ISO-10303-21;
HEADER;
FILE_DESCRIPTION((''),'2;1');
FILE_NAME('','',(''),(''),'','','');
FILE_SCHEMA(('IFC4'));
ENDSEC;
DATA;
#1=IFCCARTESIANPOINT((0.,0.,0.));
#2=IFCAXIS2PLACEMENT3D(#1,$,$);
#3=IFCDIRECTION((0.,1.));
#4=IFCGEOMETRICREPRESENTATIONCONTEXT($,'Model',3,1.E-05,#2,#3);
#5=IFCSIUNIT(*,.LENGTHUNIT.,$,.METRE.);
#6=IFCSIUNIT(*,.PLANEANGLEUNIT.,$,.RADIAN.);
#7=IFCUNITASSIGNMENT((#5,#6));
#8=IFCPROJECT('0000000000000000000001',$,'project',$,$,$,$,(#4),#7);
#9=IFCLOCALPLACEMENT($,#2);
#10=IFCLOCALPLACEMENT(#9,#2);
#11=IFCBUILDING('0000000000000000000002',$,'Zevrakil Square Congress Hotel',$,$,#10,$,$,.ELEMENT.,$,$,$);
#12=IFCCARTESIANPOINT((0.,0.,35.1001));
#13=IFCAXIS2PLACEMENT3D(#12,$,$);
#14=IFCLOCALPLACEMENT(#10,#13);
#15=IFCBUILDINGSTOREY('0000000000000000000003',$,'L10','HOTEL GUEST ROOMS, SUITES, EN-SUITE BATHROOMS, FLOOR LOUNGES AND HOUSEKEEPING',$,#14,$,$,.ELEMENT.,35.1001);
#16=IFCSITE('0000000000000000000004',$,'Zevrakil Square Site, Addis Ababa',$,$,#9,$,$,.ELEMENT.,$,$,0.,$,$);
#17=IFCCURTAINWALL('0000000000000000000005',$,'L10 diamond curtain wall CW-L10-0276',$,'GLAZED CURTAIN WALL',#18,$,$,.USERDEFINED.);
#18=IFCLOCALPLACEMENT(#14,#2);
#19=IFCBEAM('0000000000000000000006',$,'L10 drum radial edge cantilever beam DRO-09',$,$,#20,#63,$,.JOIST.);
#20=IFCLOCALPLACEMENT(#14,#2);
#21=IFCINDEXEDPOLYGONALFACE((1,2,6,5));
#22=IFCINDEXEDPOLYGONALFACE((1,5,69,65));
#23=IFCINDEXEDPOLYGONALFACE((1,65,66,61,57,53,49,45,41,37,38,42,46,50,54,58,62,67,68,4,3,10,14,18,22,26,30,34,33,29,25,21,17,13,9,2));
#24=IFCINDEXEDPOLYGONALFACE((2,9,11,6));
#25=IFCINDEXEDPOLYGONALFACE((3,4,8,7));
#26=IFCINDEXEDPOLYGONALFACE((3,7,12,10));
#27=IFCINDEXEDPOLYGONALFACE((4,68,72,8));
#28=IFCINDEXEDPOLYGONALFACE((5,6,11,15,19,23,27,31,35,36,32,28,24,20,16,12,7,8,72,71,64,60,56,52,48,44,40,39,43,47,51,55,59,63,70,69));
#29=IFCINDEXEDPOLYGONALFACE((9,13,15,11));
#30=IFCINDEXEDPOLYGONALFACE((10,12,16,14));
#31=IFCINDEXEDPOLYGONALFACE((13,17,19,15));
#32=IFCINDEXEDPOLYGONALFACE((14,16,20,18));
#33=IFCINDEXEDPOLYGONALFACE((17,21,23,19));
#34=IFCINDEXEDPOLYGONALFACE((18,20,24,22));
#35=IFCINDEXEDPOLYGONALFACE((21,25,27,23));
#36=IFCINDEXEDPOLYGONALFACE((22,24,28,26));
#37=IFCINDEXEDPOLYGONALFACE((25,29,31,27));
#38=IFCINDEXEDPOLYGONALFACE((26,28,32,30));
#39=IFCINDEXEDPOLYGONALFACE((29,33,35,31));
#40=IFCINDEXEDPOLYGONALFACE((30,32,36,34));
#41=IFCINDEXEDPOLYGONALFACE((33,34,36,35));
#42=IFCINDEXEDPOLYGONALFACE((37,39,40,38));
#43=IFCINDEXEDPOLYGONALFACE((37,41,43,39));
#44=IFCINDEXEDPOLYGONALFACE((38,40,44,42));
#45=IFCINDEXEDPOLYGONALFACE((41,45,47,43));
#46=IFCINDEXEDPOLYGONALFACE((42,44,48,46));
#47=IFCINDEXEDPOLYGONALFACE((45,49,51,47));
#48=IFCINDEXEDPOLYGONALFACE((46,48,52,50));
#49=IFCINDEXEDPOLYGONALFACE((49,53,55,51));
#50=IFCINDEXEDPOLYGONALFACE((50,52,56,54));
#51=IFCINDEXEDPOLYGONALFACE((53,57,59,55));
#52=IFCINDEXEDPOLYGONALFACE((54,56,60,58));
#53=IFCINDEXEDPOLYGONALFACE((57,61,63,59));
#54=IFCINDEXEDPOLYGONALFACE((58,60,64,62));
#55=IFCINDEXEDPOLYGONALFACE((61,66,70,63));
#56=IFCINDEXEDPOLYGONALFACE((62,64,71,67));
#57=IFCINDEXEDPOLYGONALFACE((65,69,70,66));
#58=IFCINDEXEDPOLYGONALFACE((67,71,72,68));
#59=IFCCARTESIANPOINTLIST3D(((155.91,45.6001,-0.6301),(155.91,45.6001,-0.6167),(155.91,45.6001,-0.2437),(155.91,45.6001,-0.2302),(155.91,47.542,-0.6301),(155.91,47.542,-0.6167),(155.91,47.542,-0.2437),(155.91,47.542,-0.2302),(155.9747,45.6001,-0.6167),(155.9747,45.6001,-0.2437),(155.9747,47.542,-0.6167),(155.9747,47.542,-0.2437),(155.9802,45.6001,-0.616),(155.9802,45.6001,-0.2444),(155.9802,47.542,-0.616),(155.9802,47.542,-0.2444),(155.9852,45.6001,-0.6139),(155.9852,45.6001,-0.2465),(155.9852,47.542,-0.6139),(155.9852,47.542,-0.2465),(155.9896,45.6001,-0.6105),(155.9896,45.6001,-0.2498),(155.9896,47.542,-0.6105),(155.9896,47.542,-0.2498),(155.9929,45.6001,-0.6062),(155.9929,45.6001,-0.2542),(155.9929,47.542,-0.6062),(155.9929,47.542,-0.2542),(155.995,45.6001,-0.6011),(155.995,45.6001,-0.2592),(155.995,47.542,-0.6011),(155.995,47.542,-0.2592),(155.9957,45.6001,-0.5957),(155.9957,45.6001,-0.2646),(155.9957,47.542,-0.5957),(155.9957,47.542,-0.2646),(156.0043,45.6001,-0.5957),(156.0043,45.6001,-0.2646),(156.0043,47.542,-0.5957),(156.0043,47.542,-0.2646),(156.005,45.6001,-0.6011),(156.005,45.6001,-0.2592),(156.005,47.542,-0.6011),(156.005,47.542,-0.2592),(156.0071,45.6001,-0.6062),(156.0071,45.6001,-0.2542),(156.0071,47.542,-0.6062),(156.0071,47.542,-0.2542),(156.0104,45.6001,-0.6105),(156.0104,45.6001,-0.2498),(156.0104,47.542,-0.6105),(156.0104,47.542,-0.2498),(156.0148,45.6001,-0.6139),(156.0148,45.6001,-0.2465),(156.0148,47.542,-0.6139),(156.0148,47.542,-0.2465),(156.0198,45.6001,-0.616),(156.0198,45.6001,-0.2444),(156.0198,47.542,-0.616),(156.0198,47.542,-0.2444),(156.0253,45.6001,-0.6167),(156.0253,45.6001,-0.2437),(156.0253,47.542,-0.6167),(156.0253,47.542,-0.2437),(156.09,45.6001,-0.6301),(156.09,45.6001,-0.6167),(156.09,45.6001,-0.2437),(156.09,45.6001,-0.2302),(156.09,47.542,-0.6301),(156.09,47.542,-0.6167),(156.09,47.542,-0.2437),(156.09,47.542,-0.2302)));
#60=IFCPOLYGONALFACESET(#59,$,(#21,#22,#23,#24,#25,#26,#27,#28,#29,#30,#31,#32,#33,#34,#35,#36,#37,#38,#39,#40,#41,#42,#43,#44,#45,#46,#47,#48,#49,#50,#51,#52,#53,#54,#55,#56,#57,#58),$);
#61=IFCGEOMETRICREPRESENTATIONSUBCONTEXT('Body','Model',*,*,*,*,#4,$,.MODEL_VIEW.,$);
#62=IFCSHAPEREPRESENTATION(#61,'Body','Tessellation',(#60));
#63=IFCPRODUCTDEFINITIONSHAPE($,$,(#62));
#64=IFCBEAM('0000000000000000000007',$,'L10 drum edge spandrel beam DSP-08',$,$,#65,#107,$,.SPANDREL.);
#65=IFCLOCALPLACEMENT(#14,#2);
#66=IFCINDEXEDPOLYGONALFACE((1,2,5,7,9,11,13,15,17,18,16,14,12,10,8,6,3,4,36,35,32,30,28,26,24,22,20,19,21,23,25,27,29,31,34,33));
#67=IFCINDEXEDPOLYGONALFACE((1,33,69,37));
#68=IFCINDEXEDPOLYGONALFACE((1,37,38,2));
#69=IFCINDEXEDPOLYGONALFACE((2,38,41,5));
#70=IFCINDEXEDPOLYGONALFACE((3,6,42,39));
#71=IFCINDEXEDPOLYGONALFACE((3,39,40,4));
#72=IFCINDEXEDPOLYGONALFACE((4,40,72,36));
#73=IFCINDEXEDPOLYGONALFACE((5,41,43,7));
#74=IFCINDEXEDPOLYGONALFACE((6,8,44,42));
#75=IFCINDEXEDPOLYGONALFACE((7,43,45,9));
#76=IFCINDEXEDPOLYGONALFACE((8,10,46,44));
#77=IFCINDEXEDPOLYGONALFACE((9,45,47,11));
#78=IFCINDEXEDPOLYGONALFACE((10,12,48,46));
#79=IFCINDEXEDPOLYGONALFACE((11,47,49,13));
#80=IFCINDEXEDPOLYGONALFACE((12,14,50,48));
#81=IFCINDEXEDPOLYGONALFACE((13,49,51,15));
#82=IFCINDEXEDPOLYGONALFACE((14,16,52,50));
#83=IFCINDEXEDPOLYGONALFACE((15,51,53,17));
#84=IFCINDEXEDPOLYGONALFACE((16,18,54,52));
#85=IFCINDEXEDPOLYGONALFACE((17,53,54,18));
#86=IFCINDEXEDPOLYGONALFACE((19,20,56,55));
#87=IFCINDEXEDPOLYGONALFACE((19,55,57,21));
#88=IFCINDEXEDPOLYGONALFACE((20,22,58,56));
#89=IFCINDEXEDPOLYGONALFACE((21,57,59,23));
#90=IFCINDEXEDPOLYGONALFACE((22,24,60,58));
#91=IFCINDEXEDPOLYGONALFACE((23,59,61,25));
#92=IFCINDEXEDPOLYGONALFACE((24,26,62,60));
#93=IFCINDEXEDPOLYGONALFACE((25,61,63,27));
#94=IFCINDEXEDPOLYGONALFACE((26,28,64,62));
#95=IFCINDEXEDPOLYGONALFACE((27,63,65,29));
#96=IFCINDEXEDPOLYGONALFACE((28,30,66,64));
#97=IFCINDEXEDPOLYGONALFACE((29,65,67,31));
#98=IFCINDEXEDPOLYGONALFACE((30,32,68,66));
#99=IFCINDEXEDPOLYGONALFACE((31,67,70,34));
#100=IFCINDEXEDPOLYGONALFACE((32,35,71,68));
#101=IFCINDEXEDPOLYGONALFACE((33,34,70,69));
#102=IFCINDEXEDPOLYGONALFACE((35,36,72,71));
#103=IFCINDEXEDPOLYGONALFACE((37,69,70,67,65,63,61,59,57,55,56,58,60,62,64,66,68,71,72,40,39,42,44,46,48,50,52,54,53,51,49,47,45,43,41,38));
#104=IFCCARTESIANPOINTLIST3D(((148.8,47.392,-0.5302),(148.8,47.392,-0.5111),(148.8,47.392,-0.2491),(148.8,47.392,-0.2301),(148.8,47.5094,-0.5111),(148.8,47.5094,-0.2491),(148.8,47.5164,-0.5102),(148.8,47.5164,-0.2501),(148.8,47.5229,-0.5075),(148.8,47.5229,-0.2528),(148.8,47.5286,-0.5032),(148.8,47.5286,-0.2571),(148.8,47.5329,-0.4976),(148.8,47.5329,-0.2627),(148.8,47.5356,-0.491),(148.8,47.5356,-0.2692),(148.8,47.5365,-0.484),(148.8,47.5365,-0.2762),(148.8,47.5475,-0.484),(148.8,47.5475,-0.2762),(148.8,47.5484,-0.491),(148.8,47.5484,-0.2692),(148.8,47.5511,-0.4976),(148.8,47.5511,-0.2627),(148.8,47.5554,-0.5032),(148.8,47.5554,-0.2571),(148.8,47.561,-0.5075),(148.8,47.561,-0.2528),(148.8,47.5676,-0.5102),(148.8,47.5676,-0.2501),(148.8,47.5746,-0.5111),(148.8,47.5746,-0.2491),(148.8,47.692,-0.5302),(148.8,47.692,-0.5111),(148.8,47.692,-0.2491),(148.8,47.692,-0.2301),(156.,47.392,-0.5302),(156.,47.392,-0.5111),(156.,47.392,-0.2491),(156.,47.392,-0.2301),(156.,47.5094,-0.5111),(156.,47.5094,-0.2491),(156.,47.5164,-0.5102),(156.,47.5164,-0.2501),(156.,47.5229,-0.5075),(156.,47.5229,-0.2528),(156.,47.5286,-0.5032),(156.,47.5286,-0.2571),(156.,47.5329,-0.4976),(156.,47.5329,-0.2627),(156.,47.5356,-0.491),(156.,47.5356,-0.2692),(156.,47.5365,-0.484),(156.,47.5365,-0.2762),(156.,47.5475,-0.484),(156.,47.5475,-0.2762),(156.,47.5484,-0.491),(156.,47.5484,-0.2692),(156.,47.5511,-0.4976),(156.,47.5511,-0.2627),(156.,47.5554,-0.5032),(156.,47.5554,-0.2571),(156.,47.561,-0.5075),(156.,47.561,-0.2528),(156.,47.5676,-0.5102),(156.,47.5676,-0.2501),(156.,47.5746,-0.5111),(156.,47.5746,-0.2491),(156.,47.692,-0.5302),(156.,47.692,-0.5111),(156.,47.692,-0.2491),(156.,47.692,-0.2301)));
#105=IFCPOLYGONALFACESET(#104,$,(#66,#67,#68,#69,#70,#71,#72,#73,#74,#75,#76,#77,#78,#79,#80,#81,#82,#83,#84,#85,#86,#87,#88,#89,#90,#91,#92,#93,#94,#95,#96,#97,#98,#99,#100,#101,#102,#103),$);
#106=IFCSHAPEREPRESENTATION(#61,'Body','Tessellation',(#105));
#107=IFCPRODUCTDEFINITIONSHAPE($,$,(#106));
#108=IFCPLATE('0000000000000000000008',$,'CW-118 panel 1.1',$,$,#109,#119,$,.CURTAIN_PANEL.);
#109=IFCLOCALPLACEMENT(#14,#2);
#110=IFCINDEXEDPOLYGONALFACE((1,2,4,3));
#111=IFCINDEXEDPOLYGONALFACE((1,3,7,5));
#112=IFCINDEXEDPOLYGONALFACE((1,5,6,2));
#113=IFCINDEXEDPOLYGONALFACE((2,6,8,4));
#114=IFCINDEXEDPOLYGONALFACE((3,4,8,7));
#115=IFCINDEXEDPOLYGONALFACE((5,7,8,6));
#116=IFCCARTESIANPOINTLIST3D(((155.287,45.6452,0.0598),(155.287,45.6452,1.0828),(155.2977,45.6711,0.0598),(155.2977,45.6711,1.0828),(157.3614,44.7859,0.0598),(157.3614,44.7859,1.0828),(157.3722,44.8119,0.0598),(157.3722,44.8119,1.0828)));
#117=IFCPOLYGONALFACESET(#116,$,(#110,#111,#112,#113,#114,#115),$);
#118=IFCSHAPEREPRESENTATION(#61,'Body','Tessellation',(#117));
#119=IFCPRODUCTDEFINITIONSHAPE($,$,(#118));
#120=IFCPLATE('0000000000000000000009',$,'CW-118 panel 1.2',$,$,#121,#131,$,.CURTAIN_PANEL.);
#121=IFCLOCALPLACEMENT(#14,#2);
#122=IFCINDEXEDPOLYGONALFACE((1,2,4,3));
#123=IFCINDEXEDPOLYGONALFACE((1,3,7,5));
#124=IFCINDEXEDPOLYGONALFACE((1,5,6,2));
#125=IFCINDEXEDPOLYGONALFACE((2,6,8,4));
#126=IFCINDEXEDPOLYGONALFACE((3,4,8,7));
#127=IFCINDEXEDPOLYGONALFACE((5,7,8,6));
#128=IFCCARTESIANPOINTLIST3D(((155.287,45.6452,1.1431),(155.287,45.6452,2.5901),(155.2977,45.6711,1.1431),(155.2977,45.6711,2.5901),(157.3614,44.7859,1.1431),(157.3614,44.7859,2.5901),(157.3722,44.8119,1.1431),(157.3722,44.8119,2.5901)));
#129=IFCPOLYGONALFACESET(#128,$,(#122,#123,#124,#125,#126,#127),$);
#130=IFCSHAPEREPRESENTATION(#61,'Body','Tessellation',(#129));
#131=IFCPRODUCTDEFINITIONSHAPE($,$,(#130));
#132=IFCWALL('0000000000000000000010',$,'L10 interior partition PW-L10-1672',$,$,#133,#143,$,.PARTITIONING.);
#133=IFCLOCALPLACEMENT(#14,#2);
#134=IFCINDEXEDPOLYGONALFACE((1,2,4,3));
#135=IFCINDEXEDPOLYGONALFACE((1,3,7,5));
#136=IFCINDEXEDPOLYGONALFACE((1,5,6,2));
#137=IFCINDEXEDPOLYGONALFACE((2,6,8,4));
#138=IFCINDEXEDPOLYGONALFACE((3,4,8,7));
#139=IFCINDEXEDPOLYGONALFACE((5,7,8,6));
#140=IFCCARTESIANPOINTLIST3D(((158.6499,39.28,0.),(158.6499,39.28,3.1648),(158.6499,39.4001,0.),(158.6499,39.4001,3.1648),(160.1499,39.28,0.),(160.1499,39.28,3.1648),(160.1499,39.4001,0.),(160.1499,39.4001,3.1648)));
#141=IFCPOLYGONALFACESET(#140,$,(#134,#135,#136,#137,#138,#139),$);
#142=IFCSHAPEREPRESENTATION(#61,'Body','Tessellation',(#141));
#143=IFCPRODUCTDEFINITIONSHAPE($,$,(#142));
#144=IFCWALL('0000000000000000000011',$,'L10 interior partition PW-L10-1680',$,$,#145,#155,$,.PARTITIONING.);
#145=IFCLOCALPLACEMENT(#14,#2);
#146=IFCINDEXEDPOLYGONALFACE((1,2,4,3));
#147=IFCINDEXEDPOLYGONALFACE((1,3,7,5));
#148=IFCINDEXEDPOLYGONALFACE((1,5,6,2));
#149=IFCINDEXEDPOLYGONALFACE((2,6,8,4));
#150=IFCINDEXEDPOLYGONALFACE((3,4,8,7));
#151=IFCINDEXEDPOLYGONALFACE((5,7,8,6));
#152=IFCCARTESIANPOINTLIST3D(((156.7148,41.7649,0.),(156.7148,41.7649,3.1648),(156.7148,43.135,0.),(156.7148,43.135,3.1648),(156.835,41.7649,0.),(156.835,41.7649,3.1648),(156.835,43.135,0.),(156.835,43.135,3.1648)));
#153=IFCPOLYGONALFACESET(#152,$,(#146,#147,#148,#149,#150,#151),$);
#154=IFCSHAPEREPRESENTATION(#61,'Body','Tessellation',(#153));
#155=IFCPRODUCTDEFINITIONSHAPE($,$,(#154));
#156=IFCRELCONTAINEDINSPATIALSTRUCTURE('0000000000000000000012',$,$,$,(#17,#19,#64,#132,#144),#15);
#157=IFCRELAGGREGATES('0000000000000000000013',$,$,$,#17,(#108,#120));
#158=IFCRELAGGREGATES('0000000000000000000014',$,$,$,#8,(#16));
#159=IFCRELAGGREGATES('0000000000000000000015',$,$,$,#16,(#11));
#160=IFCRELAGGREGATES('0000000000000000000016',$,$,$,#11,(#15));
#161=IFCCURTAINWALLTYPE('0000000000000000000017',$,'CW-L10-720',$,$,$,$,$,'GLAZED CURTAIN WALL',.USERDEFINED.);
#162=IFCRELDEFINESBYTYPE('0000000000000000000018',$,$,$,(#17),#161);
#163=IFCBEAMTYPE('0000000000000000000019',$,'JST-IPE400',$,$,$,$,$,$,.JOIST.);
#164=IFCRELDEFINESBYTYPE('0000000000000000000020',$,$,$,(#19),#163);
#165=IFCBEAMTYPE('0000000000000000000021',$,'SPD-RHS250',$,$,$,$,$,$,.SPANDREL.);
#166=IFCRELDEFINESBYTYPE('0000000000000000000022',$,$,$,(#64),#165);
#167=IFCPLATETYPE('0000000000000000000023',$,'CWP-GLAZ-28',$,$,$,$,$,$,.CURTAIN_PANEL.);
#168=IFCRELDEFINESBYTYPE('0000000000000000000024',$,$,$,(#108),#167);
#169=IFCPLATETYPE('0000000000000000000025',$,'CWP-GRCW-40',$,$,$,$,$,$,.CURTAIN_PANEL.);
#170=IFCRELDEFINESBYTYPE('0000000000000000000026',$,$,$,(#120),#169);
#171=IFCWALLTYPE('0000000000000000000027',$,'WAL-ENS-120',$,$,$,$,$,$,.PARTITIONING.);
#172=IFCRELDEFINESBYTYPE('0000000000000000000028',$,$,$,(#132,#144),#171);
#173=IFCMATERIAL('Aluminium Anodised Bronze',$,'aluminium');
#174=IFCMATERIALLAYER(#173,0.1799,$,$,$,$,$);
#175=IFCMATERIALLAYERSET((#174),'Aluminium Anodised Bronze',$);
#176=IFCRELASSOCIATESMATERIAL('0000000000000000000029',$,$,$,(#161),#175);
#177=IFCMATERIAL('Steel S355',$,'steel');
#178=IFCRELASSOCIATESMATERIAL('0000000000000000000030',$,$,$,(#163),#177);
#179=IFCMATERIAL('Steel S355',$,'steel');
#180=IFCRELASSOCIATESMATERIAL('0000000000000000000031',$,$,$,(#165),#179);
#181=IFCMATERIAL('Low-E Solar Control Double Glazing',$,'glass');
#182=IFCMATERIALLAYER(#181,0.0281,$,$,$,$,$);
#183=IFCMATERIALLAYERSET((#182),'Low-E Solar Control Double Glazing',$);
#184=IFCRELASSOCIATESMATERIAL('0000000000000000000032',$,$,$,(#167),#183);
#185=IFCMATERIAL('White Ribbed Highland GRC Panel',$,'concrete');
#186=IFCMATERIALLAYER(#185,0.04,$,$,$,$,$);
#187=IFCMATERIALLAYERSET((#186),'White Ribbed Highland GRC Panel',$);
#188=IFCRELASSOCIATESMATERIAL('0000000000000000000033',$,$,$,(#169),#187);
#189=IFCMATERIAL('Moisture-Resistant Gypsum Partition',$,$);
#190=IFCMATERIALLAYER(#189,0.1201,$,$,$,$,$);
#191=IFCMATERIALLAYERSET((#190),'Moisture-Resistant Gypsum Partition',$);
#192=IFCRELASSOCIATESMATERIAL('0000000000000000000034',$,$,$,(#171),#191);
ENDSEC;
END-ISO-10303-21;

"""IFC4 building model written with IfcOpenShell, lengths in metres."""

from ifc_helpers import new_model, si_unit, direction, frame, frame_2d, origin, origin_2d, place, context, subcontext, project, spatial, rectangle, i_section, extrude, material, layer, layer_set, material_profile, profile_set, type_object, element, aggregate, save


model = new_model("IFC4")

# Units and contexts
model_context = context("Model", 3, precision=1e-05, world=origin(), true_north=direction((0.0, 1.0)))
body_context = subcontext(model_context, "Body", "Model", "MODEL_VIEW")
ifc_project = project(units=[si_unit("LENGTHUNIT", "METRE"), si_unit("PLANEANGLEUNIT", "RADIAN")], contexts=[model_context])

# Site, building, storey
site_placement = place(None, origin())
site = spatial("IfcSite", under=ifc_project, at=site_placement, Name="Zevrakil Square Site, Addis Ababa", CompositionType="ELEMENT", RefElevation=0.0)
building_placement = place(site_placement, origin())
building = spatial("IfcBuilding", under=site, at=building_placement, Name="Zevrakil Square Congress Hotel", CompositionType="ELEMENT")
storey_placement = place(building_placement, frame((0.0, 0.0, 35.1001)))
storey = spatial("IfcBuildingStorey", under=building, at=storey_placement, Name="L10", Description="HOTEL GUEST ROOMS, SUITES, EN-SUITE BATHROOMS, FLOOR LOUNGES AND HOUSEKEEPING", CompositionType="ELEMENT", Elevation=35.1001)

# Curtain wall
ifc_material_1 = material(Name="Aluminium Anodised Bronze", Category="aluminium")
ifc_layer_1 = layer(ifc_material_1, 0.1799)
ifc_layer_set_1 = layer_set([ifc_layer_1], Name="Aluminium Anodised Bronze")
curtain_wall_type = type_object("IfcCurtainWallType", Name="CW-L10-720", ElementType="GLAZED CURTAIN WALL", PredefinedType="USERDEFINED", material=ifc_layer_set_1)
curtain_wall_1_placement = place(storey_placement, origin())
curtain_wall_1 = element("IfcCurtainWall", 1, at=curtain_wall_1_placement, inside=storey, type_object=curtain_wall_type, Name="L10 diamond curtain wall CW-L10-0276", ObjectType="GLAZED CURTAIN WALL", PredefinedType="USERDEFINED")

# Beams
ifc_material_2 = material(Name="Steel S355", Category="steel")
ifc_material_profile_1 = material_profile(ifc_material_2, i_section(OverallWidth=0.1799, OverallDepth=0.3999, WebThickness=0.0085, FlangeThickness=0.0134, FilletRadius=0.021, at=origin_2d()), Name="IPE 400")
ifc_profile_set_1 = profile_set([ifc_material_profile_1], Name="Steel S355")
beam_type_1 = type_object("IfcBeamType", Name="JST-IPE400", PredefinedType="JOIST", material=ifc_profile_set_1)
beam_1_placement = place(storey_placement, frame((156.0, 45.6001, -0.4302), z_axis=(0.0, 1.0, 0.0), x_axis=(-1.0, 0.0, 0.0)))
element("IfcBeam", 2, at=beam_1_placement, inside=storey, type_object=beam_type_1, Name="L10 drum radial edge cantilever beam DRO-09", PredefinedType="JOIST", context=body_context, shape_type="SweptSolid", body=[
    extrude(i_section(OverallWidth=0.1799, OverallDepth=0.3999, WebThickness=0.0085, FlangeThickness=0.0134, FilletRadius=0.021, at=origin_2d()), origin(), (0.0, 0.0, 1.0), 1.9419),
])
ifc_material_3 = material(Name="Steel S355", Category="steel")
ifc_material_profile_2 = material_profile(ifc_material_3, i_section(OverallWidth=0.3, OverallDepth=0.3, WebThickness=0.011, FlangeThickness=0.019, FilletRadius=0.0271, at=origin_2d()), Name="HEB 300")
ifc_profile_set_2 = profile_set([ifc_material_profile_2], Name="Steel S355")
beam_type_2 = type_object("IfcBeamType", Name="SPD-RHS250", PredefinedType="SPANDREL", material=ifc_profile_set_2)
beam_2_placement = place(storey_placement, frame((156.0, 47.542, -0.3801), z_axis=(-1.0, 0.0, 0.0), x_axis=(0.0, -1.0, 0.0)))
element("IfcBeam", 3, at=beam_2_placement, inside=storey, type_object=beam_type_2, Name="L10 drum edge spandrel beam DSP-08", PredefinedType="SPANDREL", context=body_context, shape_type="SweptSolid", body=[
    extrude(i_section(OverallWidth=0.3, OverallDepth=0.3, WebThickness=0.011, FlangeThickness=0.019, FilletRadius=0.0271, at=origin_2d()), origin(), (0.0, 0.0, 1.0), 7.2),
])

# Plates
ifc_material_4 = material(Name="Low-E Solar Control Double Glazing", Category="glass")
ifc_layer_2 = layer(ifc_material_4, 0.0281)
ifc_layer_set_2 = layer_set([ifc_layer_2], Name="Low-E Solar Control Double Glazing")
plate_type_1 = type_object("IfcPlateType", Name="CWP-GLAZ-28", PredefinedType="CURTAIN_PANEL", material=ifc_layer_set_2)
plate_1_placement = place(storey_placement, frame((156.3296, 45.2285, 0.0598), z_axis=(0.0, 0.0, 1.0), x_axis=(-0.923879, 0.382684, 0.0)))
plate_1 = element("IfcPlate", 4, at=plate_1_placement, type_object=plate_type_1, Name="CW-118 panel 1.1", PredefinedType="CURTAIN_PANEL", context=body_context, shape_type="SweptSolid", body=[
    extrude(rectangle(XDim=2.2454, YDim=0.0281, at=origin_2d()), origin(), (0.0, 0.0, 1.0), 1.0229),
])
ifc_material_5 = material(Name="White Ribbed Highland GRC Panel", Category="concrete")
ifc_layer_3 = layer(ifc_material_5, 0.04)
ifc_layer_set_3 = layer_set([ifc_layer_3], Name="White Ribbed Highland GRC Panel")
plate_type_2 = type_object("IfcPlateType", Name="CWP-GRCW-40", PredefinedType="CURTAIN_PANEL", material=ifc_layer_set_3)
plate_2_placement = place(storey_placement, frame((156.3296, 45.2285, 1.1431), z_axis=(0.0, 0.0, 1.0), x_axis=(-0.923879, 0.382684, 0.0)))
plate_2 = element("IfcPlate", 5, at=plate_2_placement, type_object=plate_type_2, Name="CW-118 panel 1.2", PredefinedType="CURTAIN_PANEL", context=body_context, shape_type="SweptSolid", body=[
    extrude(rectangle(XDim=2.2454, YDim=0.0281, at=origin_2d()), origin(), (0.0, 0.0, 1.0), 1.447),
])
aggregate(curtain_wall_1, [plate_1, plate_2])

# Walls
ifc_material_6 = material(Name="Moisture-Resistant Gypsum Partition")
ifc_layer_4 = layer(ifc_material_6, 0.1201)
ifc_layer_set_4 = layer_set([ifc_layer_4], Name="Moisture-Resistant Gypsum Partition")
wall_type_1 = type_object("IfcWallType", Name="WAL-ENS-120", PredefinedType="PARTITIONING", material=ifc_layer_set_4)
wall_1_placement = place(storey_placement, frame((158.6499, 39.3401, 0.0), z_axis=(0.0, 0.0, 1.0), x_axis=(1.0, 0.0, 0.0)))
element("IfcWall", 6, at=wall_1_placement, inside=storey, type_object=wall_type_1, Name="L10 interior partition PW-L10-1672", PredefinedType="PARTITIONING", context=body_context, shape_type="SweptSolid", body=[
    extrude(rectangle(XDim=1.5, YDim=0.1201, at=frame_2d((0.75, 0.0))), origin(), (0.0, 0.0, 1.0), 3.1648),
])
wall_2_placement = place(storey_placement, frame((156.7749, 41.7649, 0.0), z_axis=(0.0, 0.0, 1.0), x_axis=(0.0, 1.0, 0.0)))
element("IfcWall", 7, at=wall_2_placement, inside=storey, type_object=wall_type_1, Name="L10 interior partition PW-L10-1680", PredefinedType="PARTITIONING", context=body_context, shape_type="SweptSolid", body=[
    extrude(rectangle(XDim=1.3701, YDim=0.1201, at=frame_2d((0.6851, 0.0))), origin(), (0.0, 0.0, 1.0), 3.1648),
])

save(model, "model.ifc")
